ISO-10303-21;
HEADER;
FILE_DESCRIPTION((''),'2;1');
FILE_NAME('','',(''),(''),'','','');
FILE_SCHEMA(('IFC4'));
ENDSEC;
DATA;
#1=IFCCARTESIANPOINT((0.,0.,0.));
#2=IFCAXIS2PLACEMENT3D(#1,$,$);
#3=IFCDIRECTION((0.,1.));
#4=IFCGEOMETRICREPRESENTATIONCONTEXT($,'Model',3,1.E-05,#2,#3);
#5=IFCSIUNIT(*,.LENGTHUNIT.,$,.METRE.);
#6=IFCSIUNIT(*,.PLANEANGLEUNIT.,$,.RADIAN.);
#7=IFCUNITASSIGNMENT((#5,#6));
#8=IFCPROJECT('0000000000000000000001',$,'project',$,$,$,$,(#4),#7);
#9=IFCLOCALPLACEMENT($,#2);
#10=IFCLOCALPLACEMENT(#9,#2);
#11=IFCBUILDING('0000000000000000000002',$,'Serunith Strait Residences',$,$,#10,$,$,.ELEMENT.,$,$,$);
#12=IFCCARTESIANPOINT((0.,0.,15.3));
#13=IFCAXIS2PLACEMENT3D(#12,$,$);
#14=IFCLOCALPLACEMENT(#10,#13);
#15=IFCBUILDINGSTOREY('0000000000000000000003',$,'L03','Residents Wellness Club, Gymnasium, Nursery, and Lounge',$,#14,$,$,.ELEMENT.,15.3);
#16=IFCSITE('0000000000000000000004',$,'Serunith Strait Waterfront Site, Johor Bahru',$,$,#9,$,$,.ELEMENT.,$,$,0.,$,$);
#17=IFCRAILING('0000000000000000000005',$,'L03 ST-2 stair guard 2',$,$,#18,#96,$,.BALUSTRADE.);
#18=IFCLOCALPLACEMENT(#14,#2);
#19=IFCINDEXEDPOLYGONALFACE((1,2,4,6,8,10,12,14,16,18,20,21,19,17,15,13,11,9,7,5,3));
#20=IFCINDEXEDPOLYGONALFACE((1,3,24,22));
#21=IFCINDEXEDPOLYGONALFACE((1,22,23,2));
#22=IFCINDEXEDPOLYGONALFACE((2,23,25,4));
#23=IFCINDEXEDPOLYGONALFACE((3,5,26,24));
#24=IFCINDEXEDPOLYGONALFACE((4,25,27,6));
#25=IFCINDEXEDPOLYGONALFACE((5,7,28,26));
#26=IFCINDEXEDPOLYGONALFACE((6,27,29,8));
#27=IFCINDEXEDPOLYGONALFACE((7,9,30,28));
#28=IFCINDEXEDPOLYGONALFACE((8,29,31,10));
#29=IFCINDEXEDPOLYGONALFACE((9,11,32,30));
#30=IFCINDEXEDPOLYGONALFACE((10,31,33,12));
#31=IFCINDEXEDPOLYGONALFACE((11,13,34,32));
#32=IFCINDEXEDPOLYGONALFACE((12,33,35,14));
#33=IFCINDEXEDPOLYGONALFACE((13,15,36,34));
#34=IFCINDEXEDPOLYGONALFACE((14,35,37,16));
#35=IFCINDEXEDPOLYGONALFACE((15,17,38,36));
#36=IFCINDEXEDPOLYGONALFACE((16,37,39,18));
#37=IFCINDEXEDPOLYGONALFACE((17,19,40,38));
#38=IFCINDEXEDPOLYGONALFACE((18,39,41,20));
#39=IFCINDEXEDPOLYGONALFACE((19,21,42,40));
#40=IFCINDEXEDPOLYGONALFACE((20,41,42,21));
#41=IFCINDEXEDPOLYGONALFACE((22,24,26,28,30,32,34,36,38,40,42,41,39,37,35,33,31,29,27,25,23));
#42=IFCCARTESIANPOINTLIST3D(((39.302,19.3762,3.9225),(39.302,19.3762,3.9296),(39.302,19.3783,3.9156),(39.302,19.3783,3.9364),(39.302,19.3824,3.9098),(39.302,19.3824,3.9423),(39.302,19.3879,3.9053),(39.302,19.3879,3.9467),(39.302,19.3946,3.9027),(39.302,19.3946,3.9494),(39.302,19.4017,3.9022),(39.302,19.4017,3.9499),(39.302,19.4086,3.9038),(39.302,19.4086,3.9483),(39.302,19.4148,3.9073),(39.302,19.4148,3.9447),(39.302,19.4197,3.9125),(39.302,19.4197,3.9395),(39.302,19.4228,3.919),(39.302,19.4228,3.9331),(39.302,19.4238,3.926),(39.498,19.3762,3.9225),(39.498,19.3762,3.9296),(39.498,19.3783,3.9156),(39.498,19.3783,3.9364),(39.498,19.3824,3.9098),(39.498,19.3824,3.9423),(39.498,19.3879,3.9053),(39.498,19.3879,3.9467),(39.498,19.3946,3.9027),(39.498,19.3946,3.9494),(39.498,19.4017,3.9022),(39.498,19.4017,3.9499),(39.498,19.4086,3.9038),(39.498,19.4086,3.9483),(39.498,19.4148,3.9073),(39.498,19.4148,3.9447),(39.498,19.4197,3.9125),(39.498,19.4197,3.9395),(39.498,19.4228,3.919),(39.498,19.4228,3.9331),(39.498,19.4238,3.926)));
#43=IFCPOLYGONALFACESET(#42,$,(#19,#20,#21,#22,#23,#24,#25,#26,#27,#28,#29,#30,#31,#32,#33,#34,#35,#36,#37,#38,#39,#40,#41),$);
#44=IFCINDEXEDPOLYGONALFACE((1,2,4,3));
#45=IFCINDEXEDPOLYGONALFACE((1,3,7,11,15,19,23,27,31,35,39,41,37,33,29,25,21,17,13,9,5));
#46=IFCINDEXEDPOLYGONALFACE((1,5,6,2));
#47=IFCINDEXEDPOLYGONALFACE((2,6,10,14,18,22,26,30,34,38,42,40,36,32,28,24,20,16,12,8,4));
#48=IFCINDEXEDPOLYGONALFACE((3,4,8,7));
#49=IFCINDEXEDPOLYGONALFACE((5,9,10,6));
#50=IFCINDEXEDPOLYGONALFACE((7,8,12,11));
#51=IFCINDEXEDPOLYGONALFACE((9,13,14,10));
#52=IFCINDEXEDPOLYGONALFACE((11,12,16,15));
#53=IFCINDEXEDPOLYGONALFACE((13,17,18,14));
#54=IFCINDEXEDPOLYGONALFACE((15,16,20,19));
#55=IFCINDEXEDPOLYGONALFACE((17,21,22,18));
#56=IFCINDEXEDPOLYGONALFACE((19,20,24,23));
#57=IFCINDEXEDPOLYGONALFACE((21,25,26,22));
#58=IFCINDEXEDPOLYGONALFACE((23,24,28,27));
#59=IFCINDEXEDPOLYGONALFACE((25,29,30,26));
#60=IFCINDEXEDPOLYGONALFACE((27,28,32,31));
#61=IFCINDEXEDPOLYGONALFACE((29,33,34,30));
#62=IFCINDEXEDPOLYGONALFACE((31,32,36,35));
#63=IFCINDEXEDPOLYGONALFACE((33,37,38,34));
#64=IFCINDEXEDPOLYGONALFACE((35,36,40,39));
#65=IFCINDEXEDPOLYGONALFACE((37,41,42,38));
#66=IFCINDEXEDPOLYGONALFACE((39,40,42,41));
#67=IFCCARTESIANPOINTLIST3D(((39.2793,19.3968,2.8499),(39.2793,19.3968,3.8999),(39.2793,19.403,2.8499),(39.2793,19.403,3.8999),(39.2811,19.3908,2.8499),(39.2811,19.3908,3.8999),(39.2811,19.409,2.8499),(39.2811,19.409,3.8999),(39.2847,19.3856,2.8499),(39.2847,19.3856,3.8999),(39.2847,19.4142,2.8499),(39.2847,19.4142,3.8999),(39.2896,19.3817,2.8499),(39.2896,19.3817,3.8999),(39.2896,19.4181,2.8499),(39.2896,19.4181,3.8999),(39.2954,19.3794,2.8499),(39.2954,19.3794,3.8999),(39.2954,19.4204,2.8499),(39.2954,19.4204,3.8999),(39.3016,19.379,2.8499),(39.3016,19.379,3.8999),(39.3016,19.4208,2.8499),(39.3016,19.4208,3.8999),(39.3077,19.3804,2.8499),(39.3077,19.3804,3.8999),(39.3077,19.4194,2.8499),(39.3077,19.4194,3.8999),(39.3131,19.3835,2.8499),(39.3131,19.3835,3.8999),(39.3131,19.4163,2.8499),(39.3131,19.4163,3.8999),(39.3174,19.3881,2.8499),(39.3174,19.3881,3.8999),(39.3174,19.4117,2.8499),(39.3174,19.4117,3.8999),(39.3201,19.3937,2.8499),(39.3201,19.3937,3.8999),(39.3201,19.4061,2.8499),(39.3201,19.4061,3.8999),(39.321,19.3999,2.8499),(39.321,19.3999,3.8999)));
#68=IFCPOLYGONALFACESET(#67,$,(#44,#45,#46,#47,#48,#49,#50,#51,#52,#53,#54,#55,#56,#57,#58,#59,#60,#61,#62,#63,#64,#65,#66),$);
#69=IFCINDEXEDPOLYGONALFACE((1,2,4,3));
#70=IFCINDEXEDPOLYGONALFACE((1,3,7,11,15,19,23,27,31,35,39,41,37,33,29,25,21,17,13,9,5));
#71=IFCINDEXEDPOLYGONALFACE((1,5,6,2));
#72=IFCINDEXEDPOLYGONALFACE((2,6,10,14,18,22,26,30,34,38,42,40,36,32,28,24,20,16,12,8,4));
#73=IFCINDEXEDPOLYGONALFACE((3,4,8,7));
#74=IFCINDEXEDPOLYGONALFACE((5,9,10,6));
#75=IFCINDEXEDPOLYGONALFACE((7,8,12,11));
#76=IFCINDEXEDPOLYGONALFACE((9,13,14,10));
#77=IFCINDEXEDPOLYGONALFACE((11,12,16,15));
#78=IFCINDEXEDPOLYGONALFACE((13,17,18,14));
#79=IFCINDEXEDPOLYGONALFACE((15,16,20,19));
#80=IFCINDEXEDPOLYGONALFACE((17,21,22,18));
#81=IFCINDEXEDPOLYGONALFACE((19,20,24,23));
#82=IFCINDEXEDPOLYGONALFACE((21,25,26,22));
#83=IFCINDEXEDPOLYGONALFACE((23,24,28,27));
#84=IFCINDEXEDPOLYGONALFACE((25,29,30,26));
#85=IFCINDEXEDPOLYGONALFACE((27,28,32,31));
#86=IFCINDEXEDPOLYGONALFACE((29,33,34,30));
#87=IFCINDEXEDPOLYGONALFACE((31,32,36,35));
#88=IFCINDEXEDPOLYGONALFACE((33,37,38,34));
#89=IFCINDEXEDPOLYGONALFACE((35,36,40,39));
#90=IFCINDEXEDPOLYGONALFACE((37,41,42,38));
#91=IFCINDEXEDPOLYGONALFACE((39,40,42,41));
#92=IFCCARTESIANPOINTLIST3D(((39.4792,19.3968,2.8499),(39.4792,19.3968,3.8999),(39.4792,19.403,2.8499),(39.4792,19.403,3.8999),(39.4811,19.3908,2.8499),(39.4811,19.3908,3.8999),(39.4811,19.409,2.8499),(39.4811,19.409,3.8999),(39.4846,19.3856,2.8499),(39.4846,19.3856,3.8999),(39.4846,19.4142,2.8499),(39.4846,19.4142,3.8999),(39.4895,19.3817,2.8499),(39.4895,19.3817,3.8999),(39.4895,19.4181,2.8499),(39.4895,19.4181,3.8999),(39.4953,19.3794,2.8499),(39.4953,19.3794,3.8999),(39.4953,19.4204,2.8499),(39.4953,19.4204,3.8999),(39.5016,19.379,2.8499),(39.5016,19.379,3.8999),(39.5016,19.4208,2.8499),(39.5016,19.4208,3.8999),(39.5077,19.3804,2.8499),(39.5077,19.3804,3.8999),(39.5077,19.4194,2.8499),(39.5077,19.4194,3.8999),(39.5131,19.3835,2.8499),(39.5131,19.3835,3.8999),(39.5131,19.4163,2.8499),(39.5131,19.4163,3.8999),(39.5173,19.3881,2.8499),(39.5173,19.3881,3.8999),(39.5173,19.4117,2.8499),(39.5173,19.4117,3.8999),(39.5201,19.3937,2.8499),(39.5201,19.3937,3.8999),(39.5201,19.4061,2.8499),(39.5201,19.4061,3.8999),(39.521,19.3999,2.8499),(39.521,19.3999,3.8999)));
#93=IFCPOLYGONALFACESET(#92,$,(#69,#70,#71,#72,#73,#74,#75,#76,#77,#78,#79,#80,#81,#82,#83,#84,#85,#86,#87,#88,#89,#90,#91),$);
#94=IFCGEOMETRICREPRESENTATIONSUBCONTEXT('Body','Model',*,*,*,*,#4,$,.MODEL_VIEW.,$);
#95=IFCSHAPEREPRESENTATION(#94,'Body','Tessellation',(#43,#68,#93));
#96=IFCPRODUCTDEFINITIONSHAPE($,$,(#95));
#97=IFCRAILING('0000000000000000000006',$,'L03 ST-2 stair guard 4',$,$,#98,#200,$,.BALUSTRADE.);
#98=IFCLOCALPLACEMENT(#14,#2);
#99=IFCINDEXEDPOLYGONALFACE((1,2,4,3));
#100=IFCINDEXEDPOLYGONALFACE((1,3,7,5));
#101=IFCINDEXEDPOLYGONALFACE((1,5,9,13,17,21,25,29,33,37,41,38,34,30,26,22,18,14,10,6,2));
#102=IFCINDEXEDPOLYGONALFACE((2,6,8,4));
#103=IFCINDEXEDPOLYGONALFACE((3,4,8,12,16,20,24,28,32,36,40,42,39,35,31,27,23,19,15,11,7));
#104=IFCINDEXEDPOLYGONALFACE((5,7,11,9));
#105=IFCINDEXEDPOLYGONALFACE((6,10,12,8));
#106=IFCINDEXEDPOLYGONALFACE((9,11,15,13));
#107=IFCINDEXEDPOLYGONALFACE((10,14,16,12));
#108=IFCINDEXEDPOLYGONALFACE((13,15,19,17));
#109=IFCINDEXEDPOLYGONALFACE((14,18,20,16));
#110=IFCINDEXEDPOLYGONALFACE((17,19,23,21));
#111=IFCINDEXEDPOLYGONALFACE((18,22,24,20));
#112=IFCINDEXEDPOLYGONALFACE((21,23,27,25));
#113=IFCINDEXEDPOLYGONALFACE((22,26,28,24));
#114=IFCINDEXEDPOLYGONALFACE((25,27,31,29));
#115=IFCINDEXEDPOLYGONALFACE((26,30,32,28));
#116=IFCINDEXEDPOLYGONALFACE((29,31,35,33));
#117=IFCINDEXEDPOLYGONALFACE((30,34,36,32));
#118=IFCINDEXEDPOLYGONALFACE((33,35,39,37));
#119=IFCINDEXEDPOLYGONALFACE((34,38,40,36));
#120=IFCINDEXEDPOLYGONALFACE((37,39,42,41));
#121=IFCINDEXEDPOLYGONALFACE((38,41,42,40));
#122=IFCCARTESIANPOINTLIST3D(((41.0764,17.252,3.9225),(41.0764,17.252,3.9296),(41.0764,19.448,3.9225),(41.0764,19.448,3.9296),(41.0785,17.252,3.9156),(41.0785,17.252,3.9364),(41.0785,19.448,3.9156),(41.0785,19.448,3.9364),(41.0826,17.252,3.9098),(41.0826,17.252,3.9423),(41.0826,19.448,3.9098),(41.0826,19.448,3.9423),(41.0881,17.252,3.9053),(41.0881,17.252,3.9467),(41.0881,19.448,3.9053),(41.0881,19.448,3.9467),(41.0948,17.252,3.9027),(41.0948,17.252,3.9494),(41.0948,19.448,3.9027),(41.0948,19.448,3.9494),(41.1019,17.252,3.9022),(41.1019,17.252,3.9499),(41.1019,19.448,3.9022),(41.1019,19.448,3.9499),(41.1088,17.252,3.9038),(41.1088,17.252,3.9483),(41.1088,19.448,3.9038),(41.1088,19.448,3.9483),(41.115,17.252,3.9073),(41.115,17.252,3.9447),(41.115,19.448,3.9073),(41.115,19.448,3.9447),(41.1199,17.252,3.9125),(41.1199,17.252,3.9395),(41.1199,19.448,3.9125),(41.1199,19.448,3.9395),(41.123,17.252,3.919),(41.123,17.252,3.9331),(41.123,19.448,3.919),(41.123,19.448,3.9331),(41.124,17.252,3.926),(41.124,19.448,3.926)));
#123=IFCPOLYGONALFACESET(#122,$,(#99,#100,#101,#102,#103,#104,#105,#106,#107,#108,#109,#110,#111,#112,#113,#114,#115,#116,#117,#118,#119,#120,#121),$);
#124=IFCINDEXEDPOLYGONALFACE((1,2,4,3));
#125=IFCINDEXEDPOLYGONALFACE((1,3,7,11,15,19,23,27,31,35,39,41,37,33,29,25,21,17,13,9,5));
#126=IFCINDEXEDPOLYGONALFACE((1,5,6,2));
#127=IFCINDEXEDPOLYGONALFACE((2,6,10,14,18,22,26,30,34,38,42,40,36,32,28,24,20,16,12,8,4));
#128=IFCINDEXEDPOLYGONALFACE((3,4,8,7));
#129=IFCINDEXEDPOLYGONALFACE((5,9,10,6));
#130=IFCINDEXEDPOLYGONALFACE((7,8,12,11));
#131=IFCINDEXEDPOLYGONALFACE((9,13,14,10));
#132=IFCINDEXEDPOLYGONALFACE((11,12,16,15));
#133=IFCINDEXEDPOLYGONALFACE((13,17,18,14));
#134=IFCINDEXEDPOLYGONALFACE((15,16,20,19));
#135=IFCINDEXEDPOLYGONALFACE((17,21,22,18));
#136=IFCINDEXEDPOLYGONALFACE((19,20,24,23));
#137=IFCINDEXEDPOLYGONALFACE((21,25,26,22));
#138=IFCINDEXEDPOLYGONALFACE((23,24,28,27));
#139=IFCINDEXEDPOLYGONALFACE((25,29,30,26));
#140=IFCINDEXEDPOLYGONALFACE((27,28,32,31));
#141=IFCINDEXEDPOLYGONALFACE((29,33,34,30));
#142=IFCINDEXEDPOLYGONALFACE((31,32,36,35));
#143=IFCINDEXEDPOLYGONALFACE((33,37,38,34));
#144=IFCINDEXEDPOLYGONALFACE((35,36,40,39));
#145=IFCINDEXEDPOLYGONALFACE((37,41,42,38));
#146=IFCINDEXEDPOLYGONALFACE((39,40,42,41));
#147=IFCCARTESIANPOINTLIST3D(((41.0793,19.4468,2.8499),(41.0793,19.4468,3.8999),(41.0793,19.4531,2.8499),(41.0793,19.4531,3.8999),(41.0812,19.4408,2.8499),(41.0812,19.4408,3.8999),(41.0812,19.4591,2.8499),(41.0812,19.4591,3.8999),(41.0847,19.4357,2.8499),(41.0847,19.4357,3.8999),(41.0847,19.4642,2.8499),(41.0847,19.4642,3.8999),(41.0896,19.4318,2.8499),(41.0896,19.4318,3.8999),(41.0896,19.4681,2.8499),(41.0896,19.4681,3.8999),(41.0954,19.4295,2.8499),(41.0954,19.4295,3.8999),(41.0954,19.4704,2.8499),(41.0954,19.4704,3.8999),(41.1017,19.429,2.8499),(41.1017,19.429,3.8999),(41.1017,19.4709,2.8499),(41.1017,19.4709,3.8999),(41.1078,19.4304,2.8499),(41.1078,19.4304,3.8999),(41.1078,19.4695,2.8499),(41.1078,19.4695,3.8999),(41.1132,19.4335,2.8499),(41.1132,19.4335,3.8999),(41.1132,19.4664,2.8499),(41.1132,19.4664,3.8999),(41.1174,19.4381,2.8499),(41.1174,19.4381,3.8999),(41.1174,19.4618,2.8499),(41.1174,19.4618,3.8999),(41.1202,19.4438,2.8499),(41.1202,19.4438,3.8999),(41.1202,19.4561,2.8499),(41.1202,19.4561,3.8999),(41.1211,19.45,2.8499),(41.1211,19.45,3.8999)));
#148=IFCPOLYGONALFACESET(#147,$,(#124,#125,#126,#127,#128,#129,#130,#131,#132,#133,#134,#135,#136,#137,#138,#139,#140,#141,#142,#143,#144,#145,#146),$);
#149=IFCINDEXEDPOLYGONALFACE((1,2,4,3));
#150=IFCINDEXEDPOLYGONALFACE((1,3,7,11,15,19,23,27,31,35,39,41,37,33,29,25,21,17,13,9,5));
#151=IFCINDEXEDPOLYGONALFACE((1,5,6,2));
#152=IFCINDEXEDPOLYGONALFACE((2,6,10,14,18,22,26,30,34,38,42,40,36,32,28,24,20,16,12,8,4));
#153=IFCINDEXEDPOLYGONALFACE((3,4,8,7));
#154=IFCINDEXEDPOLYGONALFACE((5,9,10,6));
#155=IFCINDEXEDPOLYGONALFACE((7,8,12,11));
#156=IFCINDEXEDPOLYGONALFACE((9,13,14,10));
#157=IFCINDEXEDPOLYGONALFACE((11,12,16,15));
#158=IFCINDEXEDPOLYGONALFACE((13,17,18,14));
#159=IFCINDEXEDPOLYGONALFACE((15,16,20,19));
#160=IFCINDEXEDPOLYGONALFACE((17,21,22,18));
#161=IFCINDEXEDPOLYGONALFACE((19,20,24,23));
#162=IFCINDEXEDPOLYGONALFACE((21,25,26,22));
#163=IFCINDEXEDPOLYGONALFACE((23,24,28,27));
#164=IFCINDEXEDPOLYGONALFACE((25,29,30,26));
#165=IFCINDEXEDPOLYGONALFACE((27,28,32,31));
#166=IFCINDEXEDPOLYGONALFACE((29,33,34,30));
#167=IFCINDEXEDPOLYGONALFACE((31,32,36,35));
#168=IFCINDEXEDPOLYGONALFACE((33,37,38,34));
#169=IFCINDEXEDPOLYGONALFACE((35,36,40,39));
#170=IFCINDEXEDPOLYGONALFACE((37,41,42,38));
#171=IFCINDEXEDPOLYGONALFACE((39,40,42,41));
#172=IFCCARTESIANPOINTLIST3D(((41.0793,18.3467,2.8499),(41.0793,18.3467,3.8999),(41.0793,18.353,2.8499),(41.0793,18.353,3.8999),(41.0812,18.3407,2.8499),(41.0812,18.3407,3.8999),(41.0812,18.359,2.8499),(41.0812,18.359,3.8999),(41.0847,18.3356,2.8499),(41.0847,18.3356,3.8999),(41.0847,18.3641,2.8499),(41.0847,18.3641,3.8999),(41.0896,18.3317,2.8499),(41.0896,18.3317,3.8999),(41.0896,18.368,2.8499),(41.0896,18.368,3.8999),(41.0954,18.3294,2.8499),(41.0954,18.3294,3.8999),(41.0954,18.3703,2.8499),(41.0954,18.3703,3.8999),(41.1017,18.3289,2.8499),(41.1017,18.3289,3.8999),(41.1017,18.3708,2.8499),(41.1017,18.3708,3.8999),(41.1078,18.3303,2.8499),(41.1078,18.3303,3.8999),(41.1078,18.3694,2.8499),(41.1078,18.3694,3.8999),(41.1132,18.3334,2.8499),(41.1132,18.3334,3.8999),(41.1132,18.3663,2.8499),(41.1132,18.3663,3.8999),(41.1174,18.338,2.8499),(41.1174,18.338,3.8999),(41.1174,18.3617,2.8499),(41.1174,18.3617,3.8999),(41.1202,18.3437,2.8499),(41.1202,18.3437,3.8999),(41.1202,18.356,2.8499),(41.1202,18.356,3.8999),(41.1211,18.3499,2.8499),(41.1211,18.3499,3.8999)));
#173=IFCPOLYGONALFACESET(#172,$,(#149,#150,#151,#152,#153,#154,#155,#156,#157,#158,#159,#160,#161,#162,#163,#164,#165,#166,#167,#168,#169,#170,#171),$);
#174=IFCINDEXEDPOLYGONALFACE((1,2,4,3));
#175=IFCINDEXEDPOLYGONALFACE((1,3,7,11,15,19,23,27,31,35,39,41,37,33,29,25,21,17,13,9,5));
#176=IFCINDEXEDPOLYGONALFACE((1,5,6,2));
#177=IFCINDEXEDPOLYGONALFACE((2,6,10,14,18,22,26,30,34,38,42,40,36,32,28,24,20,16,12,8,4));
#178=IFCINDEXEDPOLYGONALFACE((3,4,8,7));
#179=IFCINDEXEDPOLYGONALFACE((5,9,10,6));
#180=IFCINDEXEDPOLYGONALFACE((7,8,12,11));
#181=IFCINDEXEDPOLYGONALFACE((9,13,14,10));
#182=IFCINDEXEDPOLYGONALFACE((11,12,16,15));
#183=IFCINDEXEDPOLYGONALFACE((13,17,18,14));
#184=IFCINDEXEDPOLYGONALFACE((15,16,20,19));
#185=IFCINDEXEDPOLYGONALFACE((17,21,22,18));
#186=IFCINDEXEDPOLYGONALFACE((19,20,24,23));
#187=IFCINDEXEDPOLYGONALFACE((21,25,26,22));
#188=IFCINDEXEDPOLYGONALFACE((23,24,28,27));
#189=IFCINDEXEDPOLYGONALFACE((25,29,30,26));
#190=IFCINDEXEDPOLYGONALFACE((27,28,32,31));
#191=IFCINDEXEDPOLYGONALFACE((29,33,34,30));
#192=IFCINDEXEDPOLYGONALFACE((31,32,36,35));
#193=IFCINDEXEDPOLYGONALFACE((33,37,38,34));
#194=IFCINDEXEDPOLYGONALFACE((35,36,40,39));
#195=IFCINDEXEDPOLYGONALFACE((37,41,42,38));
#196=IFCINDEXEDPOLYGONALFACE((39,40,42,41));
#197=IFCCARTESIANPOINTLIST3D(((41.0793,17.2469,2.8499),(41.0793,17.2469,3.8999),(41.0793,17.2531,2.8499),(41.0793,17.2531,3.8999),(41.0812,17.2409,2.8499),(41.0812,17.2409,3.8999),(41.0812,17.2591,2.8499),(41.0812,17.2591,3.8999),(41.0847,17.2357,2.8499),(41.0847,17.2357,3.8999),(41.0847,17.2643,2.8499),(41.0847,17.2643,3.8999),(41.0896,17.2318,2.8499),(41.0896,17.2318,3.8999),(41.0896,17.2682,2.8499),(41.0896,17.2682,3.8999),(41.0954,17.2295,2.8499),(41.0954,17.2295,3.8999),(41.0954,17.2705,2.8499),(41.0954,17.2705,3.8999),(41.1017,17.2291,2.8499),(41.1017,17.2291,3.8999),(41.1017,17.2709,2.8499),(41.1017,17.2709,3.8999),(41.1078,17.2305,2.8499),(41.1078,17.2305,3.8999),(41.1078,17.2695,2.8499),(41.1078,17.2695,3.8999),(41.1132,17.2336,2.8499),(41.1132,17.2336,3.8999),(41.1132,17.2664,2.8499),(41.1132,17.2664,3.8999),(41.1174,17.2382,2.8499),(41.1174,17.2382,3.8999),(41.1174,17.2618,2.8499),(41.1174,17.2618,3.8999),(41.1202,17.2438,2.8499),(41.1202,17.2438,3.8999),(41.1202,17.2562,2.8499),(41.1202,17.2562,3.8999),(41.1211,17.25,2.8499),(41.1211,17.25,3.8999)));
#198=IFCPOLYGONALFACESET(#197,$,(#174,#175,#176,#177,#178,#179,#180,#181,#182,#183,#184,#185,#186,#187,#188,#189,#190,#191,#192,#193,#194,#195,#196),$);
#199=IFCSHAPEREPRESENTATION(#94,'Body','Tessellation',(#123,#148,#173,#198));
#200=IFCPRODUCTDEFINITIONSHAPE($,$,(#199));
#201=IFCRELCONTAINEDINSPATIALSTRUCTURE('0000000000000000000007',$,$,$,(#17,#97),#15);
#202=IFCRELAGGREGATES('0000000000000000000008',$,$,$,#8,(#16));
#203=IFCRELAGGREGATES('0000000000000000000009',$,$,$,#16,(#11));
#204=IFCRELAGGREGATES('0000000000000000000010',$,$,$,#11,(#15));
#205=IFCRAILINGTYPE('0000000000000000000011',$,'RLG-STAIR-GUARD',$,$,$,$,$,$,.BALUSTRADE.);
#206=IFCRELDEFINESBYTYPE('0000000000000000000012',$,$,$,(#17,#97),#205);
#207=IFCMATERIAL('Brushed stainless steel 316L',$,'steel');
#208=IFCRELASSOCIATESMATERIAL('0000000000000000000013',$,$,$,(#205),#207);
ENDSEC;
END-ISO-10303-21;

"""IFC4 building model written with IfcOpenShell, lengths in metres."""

from ifc_helpers import new_model, si_unit, direction, frame, origin, origin_2d, place, context, subcontext, project, spatial, circle, extrude, material, type_object, element, save


model = new_model("IFC4")

# Units and contexts
model_context = context("Model", 3, precision=1e-05, world=origin(), true_north=direction((0.0, 1.0)))
body_context = subcontext(model_context, "Body", "Model", "MODEL_VIEW")
ifc_project = project(units=[si_unit("LENGTHUNIT", "METRE"), si_unit("PLANEANGLEUNIT", "RADIAN")], contexts=[model_context])

# Site, building, storey
site_placement = place(None, origin())
site = spatial("IfcSite", under=ifc_project, at=site_placement, Name="Serunith Strait Waterfront Site, Johor Bahru", CompositionType="ELEMENT", RefElevation=0.0)
building_placement = place(site_placement, origin())
building = spatial("IfcBuilding", under=site, at=building_placement, Name="Serunith Strait Residences", CompositionType="ELEMENT")
storey_placement = place(building_placement, frame((0.0, 0.0, 15.3)))
storey = spatial("IfcBuildingStorey", under=building, at=storey_placement, Name="L03", Description="Residents Wellness Club, Gymnasium, Nursery, and Lounge", CompositionType="ELEMENT", Elevation=15.3)

# Railings
ifc_material_1 = material(Name="Brushed stainless steel 316L", Category="steel")
railing_type_1 = type_object("IfcRailingType", Name="RLG-STAIR-GUARD", PredefinedType="BALUSTRADE", material=ifc_material_1)
railing_1_placement = place(storey_placement, frame((39.3, 19.3999, 2.8499)))
element("IfcRailing", 1, at=railing_1_placement, inside=storey, type_object=railing_type_1, Name="L03 ST-2 stair guard 2", PredefinedType="BALUSTRADE", context=body_context, shape_type="SweptSolid", body=[
    extrude(circle(Radius=0.0239, at=origin_2d()), frame((0.002, 0.0, 1.0762), z_axis=(1.0, 0.0, 0.0), x_axis=(0.0, 1.0, 0.0)), (0.0, 0.0, 1.0), 0.196),
    extrude(circle(Radius=0.021, at=origin_2d()), origin(), (0.0, 0.0, 1.0), 1.05),
    extrude(circle(Radius=0.021, at=origin_2d()), frame((0.2, 0.0, 0.0)), (0.0, 0.0, 1.0), 1.05),
])
railing_2_placement = place(storey_placement, frame((41.1001, 19.45, 2.8499)))
element("IfcRailing", 2, at=railing_2_placement, inside=storey, type_object=railing_type_1, Name="L03 ST-2 stair guard 4", PredefinedType="BALUSTRADE", context=body_context, shape_type="SweptSolid", body=[
    extrude(circle(Radius=0.0239, at=origin_2d()), frame((0.0, -0.002, 1.0762), z_axis=(0.0, -1.0, 0.0), x_axis=(1.0, 0.0, 0.0)), (0.0, 0.0, 1.0), 2.196),
    extrude(circle(Radius=0.021, at=origin_2d()), origin(), (0.0, 0.0, 1.0), 1.05),
    extrude(circle(Radius=0.021, at=origin_2d()), frame((0.0, -1.1001, 0.0)), (0.0, 0.0, 1.0), 1.05),
    extrude(circle(Radius=0.021, at=origin_2d()), frame((0.0, -2.2, 0.0)), (0.0, 0.0, 1.0), 1.05),
])

save(model, "model.ifc")
